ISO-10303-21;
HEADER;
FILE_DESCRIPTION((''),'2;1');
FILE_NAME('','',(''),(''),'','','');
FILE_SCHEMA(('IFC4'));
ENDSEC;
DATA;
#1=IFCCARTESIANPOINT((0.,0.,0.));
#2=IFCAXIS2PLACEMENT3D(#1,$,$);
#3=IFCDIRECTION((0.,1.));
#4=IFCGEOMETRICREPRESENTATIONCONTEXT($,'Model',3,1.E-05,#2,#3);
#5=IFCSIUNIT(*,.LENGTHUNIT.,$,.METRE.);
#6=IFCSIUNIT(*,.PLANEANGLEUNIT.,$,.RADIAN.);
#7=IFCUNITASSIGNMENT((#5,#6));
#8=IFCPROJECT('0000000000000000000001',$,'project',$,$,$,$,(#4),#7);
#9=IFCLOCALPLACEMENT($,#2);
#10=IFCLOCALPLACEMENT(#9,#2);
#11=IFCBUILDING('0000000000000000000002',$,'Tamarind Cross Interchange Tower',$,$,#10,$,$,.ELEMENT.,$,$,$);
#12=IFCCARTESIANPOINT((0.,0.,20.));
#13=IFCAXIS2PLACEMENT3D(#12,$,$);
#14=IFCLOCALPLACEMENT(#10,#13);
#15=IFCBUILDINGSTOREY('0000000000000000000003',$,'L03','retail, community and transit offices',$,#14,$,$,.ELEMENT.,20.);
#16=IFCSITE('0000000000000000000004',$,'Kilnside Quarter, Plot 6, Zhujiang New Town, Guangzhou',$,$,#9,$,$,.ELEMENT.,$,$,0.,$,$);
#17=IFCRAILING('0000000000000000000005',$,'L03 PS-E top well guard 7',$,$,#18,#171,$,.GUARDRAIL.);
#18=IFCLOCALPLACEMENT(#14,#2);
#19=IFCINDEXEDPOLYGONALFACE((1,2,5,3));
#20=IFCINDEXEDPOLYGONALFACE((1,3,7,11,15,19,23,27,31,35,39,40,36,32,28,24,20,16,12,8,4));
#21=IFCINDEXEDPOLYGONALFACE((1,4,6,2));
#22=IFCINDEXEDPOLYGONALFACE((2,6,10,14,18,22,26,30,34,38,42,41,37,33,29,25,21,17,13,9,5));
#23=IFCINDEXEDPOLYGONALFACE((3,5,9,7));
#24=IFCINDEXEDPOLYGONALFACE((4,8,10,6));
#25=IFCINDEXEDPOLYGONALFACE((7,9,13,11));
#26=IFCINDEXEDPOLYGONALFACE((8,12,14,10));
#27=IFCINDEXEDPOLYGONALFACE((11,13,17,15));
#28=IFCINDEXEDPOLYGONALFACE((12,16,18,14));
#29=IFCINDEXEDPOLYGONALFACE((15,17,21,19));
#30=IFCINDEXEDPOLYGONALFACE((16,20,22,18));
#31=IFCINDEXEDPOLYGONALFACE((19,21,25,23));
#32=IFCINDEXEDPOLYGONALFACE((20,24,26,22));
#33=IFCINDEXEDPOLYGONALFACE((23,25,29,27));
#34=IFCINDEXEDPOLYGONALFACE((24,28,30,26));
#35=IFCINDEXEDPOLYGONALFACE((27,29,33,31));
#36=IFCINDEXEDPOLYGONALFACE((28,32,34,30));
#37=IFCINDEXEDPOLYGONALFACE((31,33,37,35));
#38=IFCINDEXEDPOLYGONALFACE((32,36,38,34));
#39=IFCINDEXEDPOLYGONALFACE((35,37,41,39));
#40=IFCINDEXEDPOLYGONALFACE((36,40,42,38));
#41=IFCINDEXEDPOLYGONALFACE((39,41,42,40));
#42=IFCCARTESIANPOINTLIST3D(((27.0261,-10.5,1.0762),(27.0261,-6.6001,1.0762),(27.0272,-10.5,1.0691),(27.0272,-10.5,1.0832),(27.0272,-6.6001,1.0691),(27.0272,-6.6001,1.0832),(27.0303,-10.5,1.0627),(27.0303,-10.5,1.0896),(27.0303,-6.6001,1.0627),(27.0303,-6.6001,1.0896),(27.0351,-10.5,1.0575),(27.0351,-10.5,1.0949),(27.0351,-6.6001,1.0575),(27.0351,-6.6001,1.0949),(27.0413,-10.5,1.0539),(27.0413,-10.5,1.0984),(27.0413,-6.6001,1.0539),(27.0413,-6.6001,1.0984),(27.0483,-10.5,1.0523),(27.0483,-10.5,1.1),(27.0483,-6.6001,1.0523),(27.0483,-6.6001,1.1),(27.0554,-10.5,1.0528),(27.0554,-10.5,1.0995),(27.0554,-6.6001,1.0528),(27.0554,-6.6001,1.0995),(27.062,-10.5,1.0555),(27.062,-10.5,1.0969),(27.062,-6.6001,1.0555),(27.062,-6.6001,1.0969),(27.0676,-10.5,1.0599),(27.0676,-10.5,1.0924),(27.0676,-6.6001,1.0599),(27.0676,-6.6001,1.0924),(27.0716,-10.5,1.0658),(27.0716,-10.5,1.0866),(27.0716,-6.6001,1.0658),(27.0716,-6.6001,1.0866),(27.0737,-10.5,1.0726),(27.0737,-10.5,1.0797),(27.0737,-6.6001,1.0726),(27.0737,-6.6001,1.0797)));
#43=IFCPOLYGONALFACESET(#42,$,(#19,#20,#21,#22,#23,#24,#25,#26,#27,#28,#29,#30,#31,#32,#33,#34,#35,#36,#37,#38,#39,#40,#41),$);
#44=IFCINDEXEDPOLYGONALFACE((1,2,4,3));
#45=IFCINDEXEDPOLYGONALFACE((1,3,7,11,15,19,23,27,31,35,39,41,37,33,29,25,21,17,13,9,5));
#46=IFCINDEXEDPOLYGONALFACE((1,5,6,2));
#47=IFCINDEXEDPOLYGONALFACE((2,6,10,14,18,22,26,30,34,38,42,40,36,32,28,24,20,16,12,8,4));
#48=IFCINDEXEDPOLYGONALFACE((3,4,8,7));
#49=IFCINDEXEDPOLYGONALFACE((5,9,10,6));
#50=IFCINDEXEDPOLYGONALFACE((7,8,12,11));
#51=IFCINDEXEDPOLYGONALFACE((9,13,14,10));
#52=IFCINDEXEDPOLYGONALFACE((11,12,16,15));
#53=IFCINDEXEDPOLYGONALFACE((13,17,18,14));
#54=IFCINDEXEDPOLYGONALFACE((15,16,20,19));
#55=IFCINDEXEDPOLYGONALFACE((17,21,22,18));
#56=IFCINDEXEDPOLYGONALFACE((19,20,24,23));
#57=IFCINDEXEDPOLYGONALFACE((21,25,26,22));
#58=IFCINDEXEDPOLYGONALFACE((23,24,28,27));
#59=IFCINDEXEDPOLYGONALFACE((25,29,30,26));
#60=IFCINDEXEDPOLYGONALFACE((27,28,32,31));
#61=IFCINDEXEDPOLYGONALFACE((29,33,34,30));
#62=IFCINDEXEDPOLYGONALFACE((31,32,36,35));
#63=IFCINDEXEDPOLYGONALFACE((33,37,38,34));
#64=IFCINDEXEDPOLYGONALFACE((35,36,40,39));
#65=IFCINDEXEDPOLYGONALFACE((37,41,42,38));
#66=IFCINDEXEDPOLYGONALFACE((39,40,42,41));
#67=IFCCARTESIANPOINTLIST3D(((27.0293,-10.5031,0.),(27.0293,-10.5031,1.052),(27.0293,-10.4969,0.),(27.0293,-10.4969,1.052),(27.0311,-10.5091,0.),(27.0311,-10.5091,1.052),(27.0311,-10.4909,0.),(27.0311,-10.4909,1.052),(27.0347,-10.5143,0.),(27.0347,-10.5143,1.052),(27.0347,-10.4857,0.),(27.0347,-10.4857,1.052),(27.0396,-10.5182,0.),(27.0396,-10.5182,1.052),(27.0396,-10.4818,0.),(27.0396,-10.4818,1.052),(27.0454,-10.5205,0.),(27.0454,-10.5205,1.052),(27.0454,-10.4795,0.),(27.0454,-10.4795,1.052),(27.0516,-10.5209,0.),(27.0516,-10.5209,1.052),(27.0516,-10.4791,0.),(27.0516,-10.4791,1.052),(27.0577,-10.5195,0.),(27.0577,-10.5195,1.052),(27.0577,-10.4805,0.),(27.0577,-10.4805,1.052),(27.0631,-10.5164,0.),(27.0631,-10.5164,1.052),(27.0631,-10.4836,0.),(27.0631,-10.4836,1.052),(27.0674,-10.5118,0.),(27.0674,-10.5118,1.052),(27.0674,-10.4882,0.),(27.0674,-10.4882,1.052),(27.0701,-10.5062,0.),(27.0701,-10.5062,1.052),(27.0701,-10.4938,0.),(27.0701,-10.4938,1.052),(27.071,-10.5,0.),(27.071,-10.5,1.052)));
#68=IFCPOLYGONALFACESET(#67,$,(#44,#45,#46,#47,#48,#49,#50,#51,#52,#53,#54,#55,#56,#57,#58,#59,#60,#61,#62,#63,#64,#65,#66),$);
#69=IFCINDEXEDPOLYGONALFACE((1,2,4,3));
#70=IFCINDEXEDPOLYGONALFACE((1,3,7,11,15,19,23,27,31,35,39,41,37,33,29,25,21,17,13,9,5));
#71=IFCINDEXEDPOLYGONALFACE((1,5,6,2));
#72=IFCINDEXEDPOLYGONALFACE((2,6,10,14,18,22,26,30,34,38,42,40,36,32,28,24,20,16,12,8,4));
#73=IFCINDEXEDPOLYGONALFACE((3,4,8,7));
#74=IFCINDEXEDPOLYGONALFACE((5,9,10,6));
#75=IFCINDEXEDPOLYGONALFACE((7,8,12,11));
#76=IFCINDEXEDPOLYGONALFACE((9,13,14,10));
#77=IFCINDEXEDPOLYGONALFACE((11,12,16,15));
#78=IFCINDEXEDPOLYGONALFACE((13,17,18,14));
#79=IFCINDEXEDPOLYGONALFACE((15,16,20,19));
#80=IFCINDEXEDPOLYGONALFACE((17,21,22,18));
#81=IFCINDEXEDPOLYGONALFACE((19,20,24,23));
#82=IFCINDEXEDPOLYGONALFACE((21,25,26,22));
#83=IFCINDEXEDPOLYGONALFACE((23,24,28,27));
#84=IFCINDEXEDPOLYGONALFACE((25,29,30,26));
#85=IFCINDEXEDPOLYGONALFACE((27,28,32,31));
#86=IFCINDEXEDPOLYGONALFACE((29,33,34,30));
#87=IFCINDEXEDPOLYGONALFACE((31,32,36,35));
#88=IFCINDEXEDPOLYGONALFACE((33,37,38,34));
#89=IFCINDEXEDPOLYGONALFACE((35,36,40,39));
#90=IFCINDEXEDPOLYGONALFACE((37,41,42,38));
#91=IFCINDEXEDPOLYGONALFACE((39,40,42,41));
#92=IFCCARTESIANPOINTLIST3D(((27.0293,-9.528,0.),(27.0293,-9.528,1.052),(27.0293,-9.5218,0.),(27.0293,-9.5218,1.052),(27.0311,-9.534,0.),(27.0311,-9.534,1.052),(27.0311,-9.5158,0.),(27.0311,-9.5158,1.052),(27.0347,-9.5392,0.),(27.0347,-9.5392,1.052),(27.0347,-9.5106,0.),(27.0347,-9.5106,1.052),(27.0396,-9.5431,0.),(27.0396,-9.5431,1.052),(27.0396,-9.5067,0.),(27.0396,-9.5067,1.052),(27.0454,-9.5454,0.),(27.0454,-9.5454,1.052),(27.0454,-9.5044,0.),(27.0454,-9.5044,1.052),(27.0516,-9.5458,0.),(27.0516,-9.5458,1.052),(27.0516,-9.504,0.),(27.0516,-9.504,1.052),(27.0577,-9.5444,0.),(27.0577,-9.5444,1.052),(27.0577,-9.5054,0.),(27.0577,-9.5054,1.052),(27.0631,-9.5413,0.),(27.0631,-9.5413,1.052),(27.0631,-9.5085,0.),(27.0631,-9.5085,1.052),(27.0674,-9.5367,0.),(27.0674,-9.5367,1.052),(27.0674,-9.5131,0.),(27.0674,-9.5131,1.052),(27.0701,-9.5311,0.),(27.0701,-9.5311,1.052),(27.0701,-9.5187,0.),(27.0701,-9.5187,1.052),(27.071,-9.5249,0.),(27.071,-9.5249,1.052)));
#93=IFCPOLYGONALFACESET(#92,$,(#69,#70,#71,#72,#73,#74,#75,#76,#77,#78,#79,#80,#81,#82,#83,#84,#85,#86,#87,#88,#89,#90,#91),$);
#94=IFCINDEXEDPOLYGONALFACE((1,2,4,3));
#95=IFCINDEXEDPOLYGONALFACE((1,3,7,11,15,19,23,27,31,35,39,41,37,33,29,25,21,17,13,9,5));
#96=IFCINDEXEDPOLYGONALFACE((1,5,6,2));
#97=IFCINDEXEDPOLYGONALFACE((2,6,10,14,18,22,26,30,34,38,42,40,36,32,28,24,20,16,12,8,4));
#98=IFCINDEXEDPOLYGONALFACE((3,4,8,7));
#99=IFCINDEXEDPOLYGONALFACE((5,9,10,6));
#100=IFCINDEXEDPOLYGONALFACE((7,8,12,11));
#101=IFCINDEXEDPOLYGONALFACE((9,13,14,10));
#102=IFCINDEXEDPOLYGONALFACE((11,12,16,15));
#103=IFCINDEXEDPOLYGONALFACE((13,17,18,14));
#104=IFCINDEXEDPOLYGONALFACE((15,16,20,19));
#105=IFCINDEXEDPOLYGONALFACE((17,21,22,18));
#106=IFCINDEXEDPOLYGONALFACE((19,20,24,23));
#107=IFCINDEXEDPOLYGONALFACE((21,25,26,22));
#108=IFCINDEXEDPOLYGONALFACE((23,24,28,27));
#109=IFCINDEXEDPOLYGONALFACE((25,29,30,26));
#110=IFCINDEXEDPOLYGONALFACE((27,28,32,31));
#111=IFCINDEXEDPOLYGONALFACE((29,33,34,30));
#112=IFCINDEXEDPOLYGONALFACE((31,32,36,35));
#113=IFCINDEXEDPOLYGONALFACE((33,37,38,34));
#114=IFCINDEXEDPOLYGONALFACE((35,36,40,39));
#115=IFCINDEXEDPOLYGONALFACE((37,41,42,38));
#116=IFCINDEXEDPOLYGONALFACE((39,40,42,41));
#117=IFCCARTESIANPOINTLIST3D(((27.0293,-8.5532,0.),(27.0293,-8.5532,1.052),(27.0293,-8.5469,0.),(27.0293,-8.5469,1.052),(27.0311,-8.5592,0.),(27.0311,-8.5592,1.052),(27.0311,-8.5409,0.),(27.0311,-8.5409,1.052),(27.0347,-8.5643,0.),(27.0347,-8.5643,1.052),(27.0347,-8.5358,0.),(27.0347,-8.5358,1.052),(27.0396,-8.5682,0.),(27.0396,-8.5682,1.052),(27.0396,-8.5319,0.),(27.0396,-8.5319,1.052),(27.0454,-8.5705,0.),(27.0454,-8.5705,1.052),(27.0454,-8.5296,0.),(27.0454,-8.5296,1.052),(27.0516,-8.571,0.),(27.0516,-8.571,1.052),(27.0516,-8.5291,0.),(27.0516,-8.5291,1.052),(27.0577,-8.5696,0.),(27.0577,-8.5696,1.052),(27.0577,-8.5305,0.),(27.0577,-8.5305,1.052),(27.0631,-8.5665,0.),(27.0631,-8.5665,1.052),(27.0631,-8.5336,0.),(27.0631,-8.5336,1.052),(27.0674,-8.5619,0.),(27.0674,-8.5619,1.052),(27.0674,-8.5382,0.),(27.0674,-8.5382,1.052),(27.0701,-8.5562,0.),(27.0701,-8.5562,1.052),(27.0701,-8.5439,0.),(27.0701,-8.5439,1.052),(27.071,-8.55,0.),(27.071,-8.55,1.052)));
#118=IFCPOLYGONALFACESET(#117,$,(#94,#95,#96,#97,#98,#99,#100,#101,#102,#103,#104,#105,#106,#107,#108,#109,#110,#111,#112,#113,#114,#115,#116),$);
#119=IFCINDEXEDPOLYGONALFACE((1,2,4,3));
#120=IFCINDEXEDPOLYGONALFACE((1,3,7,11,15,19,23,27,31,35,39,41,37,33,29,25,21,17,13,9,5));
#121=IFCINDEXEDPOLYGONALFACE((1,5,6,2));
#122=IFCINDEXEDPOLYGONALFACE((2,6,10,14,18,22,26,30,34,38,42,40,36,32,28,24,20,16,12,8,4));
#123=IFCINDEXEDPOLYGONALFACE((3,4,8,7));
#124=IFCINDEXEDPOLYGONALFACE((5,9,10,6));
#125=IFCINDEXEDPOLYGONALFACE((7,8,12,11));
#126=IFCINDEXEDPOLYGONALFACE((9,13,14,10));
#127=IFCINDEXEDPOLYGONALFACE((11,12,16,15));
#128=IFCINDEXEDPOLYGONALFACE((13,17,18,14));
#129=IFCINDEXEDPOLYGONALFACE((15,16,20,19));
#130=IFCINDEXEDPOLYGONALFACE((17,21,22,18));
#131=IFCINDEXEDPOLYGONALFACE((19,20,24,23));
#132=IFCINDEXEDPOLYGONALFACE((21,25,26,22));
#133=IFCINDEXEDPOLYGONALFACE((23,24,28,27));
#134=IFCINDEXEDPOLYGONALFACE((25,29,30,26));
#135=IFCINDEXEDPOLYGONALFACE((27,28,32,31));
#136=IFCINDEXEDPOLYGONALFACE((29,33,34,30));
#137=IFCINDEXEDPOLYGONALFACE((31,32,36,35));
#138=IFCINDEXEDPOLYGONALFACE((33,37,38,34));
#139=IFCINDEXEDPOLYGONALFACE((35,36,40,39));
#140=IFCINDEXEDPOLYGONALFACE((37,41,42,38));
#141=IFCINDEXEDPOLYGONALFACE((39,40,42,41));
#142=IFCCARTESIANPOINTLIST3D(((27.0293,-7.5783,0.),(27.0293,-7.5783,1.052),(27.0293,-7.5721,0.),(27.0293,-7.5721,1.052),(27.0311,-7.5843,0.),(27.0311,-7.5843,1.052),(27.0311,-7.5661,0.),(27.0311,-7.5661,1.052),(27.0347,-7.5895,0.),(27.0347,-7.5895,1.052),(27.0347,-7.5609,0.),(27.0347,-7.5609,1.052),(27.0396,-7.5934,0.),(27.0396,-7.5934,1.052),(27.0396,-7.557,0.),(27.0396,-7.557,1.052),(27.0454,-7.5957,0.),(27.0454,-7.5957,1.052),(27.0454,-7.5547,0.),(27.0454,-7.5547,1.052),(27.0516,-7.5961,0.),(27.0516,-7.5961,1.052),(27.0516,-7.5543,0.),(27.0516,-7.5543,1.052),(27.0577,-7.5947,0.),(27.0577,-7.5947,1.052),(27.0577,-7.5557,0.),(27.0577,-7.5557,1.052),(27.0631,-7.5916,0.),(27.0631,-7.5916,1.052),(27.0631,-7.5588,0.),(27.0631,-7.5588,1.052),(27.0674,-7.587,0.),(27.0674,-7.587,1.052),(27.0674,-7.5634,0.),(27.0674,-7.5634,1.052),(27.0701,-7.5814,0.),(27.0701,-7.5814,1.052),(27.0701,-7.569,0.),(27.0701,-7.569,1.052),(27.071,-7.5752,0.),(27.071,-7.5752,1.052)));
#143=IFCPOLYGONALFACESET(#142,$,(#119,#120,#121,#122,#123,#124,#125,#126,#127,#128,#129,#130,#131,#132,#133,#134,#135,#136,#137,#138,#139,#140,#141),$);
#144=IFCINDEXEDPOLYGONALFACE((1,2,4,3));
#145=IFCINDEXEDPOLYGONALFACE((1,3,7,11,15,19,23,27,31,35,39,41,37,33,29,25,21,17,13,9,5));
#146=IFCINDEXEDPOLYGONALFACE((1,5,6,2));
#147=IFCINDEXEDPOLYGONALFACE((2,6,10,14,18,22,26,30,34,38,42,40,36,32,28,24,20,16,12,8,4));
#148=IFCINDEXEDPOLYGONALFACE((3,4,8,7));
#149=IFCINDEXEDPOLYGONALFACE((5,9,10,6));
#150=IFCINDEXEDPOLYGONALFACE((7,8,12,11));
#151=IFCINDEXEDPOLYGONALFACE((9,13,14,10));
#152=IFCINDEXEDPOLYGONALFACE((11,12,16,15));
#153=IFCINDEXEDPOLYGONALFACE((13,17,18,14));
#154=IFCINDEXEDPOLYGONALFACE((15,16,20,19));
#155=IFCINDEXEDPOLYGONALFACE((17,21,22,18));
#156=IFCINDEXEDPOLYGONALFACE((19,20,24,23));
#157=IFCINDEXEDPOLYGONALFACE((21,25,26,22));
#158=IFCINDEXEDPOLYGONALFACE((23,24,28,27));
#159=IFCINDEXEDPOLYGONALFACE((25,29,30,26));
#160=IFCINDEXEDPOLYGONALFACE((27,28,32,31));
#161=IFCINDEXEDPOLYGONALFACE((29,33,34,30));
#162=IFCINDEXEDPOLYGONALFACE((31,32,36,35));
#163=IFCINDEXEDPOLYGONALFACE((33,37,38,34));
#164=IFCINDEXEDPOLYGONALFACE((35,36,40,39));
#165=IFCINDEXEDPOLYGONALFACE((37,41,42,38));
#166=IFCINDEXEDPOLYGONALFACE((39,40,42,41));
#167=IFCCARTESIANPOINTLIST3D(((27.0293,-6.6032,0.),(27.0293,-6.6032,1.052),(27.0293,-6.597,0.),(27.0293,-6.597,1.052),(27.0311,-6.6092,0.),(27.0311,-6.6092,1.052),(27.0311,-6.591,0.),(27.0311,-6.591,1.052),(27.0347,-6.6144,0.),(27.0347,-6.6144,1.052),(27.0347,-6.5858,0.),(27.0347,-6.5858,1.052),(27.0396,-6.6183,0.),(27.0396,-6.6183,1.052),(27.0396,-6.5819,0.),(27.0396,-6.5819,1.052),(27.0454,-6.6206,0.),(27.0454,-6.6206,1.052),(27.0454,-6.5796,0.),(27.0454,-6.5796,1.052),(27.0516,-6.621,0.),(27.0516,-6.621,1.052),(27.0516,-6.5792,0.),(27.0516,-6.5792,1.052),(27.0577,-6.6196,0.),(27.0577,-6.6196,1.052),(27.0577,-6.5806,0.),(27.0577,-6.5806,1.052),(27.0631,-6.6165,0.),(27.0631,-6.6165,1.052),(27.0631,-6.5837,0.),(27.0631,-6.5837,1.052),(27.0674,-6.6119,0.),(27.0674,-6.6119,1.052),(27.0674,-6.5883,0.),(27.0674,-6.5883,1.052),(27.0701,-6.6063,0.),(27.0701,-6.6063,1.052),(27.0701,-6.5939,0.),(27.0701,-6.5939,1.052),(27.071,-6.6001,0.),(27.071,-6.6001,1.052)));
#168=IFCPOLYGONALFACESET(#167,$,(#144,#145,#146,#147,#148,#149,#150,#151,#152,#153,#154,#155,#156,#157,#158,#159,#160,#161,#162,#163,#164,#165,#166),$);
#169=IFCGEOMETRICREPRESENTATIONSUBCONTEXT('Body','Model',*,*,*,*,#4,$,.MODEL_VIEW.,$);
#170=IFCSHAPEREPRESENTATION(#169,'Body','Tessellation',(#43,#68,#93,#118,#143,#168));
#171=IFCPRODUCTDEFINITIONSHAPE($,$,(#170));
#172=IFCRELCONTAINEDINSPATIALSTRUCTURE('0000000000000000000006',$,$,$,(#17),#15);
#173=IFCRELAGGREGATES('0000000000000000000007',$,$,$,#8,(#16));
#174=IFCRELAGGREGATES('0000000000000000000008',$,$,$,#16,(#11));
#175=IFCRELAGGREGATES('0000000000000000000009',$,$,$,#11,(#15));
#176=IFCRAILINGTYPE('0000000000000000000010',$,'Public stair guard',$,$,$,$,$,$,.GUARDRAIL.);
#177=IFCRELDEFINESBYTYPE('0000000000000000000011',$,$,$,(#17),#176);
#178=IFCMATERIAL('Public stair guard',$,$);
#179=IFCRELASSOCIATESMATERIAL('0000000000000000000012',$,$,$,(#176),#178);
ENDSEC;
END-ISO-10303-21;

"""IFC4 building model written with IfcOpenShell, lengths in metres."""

from ifc_helpers import new_model, si_unit, direction, frame, origin, origin_2d, place, context, subcontext, project, spatial, circle, extrude, material, type_object, element, save


model = new_model("IFC4")

# Units and contexts
model_context = context("Model", 3, precision=1e-05, world=origin(), true_north=direction((0.0, 1.0)))
body_context = subcontext(model_context, "Body", "Model", "MODEL_VIEW")
ifc_project = project(units=[si_unit("LENGTHUNIT", "METRE"), si_unit("PLANEANGLEUNIT", "RADIAN")], contexts=[model_context])

# Site, building, storey
site_placement = place(None, origin())
site = spatial("IfcSite", under=ifc_project, at=site_placement, Name="Kilnside Quarter, Plot 6, Zhujiang New Town, Guangzhou", CompositionType="ELEMENT", RefElevation=0.0)
building_placement = place(site_placement, origin())
building = spatial("IfcBuilding", under=site, at=building_placement, Name="Tamarind Cross Interchange Tower", CompositionType="ELEMENT")
storey_placement = place(building_placement, frame((0.0, 0.0, 20.0)))
storey = spatial("IfcBuildingStorey", under=building, at=storey_placement, Name="L03", Description="retail, community and transit offices", CompositionType="ELEMENT", Elevation=20.0)

# Railing
ifc_material_1 = material(Name="Public stair guard")
railing_type_1 = type_object("IfcRailingType", Name="Public stair guard", PredefinedType="GUARDRAIL", material=ifc_material_1)
railing_1_placement = place(storey_placement, frame((27.05, -10.5, 0.0)))
element("IfcRailing", 1, at=railing_1_placement, inside=storey, type_object=railing_type_1, Name="L03 PS-E top well guard 7", PredefinedType="GUARDRAIL", context=body_context, shape_type="SweptSolid", body=[
    extrude(circle(Radius=0.0239, at=origin_2d()), frame((0.0, 0.0, 1.0762), z_axis=(0.0, 1.0, 0.0), x_axis=(-1.0, 0.0, 0.0)), (0.0, 0.0, 1.0), 3.8999),
    extrude(circle(Radius=0.021, at=origin_2d()), origin(), (0.0, 0.0, 1.0), 1.052),
    extrude(circle(Radius=0.021, at=origin_2d()), frame((0.0, 0.9751, 0.0)), (0.0, 0.0, 1.0), 1.052),
    extrude(circle(Radius=0.021, at=origin_2d()), frame((0.0, 1.95, 0.0)), (0.0, 0.0, 1.0), 1.052),
    extrude(circle(Radius=0.021, at=origin_2d()), frame((0.0, 2.9248, 0.0)), (0.0, 0.0, 1.0), 1.052),
    extrude(circle(Radius=0.021, at=origin_2d()), frame((0.0, 3.8999, 0.0)), (0.0, 0.0, 1.0), 1.052),
])

save(model, "model.ifc")
